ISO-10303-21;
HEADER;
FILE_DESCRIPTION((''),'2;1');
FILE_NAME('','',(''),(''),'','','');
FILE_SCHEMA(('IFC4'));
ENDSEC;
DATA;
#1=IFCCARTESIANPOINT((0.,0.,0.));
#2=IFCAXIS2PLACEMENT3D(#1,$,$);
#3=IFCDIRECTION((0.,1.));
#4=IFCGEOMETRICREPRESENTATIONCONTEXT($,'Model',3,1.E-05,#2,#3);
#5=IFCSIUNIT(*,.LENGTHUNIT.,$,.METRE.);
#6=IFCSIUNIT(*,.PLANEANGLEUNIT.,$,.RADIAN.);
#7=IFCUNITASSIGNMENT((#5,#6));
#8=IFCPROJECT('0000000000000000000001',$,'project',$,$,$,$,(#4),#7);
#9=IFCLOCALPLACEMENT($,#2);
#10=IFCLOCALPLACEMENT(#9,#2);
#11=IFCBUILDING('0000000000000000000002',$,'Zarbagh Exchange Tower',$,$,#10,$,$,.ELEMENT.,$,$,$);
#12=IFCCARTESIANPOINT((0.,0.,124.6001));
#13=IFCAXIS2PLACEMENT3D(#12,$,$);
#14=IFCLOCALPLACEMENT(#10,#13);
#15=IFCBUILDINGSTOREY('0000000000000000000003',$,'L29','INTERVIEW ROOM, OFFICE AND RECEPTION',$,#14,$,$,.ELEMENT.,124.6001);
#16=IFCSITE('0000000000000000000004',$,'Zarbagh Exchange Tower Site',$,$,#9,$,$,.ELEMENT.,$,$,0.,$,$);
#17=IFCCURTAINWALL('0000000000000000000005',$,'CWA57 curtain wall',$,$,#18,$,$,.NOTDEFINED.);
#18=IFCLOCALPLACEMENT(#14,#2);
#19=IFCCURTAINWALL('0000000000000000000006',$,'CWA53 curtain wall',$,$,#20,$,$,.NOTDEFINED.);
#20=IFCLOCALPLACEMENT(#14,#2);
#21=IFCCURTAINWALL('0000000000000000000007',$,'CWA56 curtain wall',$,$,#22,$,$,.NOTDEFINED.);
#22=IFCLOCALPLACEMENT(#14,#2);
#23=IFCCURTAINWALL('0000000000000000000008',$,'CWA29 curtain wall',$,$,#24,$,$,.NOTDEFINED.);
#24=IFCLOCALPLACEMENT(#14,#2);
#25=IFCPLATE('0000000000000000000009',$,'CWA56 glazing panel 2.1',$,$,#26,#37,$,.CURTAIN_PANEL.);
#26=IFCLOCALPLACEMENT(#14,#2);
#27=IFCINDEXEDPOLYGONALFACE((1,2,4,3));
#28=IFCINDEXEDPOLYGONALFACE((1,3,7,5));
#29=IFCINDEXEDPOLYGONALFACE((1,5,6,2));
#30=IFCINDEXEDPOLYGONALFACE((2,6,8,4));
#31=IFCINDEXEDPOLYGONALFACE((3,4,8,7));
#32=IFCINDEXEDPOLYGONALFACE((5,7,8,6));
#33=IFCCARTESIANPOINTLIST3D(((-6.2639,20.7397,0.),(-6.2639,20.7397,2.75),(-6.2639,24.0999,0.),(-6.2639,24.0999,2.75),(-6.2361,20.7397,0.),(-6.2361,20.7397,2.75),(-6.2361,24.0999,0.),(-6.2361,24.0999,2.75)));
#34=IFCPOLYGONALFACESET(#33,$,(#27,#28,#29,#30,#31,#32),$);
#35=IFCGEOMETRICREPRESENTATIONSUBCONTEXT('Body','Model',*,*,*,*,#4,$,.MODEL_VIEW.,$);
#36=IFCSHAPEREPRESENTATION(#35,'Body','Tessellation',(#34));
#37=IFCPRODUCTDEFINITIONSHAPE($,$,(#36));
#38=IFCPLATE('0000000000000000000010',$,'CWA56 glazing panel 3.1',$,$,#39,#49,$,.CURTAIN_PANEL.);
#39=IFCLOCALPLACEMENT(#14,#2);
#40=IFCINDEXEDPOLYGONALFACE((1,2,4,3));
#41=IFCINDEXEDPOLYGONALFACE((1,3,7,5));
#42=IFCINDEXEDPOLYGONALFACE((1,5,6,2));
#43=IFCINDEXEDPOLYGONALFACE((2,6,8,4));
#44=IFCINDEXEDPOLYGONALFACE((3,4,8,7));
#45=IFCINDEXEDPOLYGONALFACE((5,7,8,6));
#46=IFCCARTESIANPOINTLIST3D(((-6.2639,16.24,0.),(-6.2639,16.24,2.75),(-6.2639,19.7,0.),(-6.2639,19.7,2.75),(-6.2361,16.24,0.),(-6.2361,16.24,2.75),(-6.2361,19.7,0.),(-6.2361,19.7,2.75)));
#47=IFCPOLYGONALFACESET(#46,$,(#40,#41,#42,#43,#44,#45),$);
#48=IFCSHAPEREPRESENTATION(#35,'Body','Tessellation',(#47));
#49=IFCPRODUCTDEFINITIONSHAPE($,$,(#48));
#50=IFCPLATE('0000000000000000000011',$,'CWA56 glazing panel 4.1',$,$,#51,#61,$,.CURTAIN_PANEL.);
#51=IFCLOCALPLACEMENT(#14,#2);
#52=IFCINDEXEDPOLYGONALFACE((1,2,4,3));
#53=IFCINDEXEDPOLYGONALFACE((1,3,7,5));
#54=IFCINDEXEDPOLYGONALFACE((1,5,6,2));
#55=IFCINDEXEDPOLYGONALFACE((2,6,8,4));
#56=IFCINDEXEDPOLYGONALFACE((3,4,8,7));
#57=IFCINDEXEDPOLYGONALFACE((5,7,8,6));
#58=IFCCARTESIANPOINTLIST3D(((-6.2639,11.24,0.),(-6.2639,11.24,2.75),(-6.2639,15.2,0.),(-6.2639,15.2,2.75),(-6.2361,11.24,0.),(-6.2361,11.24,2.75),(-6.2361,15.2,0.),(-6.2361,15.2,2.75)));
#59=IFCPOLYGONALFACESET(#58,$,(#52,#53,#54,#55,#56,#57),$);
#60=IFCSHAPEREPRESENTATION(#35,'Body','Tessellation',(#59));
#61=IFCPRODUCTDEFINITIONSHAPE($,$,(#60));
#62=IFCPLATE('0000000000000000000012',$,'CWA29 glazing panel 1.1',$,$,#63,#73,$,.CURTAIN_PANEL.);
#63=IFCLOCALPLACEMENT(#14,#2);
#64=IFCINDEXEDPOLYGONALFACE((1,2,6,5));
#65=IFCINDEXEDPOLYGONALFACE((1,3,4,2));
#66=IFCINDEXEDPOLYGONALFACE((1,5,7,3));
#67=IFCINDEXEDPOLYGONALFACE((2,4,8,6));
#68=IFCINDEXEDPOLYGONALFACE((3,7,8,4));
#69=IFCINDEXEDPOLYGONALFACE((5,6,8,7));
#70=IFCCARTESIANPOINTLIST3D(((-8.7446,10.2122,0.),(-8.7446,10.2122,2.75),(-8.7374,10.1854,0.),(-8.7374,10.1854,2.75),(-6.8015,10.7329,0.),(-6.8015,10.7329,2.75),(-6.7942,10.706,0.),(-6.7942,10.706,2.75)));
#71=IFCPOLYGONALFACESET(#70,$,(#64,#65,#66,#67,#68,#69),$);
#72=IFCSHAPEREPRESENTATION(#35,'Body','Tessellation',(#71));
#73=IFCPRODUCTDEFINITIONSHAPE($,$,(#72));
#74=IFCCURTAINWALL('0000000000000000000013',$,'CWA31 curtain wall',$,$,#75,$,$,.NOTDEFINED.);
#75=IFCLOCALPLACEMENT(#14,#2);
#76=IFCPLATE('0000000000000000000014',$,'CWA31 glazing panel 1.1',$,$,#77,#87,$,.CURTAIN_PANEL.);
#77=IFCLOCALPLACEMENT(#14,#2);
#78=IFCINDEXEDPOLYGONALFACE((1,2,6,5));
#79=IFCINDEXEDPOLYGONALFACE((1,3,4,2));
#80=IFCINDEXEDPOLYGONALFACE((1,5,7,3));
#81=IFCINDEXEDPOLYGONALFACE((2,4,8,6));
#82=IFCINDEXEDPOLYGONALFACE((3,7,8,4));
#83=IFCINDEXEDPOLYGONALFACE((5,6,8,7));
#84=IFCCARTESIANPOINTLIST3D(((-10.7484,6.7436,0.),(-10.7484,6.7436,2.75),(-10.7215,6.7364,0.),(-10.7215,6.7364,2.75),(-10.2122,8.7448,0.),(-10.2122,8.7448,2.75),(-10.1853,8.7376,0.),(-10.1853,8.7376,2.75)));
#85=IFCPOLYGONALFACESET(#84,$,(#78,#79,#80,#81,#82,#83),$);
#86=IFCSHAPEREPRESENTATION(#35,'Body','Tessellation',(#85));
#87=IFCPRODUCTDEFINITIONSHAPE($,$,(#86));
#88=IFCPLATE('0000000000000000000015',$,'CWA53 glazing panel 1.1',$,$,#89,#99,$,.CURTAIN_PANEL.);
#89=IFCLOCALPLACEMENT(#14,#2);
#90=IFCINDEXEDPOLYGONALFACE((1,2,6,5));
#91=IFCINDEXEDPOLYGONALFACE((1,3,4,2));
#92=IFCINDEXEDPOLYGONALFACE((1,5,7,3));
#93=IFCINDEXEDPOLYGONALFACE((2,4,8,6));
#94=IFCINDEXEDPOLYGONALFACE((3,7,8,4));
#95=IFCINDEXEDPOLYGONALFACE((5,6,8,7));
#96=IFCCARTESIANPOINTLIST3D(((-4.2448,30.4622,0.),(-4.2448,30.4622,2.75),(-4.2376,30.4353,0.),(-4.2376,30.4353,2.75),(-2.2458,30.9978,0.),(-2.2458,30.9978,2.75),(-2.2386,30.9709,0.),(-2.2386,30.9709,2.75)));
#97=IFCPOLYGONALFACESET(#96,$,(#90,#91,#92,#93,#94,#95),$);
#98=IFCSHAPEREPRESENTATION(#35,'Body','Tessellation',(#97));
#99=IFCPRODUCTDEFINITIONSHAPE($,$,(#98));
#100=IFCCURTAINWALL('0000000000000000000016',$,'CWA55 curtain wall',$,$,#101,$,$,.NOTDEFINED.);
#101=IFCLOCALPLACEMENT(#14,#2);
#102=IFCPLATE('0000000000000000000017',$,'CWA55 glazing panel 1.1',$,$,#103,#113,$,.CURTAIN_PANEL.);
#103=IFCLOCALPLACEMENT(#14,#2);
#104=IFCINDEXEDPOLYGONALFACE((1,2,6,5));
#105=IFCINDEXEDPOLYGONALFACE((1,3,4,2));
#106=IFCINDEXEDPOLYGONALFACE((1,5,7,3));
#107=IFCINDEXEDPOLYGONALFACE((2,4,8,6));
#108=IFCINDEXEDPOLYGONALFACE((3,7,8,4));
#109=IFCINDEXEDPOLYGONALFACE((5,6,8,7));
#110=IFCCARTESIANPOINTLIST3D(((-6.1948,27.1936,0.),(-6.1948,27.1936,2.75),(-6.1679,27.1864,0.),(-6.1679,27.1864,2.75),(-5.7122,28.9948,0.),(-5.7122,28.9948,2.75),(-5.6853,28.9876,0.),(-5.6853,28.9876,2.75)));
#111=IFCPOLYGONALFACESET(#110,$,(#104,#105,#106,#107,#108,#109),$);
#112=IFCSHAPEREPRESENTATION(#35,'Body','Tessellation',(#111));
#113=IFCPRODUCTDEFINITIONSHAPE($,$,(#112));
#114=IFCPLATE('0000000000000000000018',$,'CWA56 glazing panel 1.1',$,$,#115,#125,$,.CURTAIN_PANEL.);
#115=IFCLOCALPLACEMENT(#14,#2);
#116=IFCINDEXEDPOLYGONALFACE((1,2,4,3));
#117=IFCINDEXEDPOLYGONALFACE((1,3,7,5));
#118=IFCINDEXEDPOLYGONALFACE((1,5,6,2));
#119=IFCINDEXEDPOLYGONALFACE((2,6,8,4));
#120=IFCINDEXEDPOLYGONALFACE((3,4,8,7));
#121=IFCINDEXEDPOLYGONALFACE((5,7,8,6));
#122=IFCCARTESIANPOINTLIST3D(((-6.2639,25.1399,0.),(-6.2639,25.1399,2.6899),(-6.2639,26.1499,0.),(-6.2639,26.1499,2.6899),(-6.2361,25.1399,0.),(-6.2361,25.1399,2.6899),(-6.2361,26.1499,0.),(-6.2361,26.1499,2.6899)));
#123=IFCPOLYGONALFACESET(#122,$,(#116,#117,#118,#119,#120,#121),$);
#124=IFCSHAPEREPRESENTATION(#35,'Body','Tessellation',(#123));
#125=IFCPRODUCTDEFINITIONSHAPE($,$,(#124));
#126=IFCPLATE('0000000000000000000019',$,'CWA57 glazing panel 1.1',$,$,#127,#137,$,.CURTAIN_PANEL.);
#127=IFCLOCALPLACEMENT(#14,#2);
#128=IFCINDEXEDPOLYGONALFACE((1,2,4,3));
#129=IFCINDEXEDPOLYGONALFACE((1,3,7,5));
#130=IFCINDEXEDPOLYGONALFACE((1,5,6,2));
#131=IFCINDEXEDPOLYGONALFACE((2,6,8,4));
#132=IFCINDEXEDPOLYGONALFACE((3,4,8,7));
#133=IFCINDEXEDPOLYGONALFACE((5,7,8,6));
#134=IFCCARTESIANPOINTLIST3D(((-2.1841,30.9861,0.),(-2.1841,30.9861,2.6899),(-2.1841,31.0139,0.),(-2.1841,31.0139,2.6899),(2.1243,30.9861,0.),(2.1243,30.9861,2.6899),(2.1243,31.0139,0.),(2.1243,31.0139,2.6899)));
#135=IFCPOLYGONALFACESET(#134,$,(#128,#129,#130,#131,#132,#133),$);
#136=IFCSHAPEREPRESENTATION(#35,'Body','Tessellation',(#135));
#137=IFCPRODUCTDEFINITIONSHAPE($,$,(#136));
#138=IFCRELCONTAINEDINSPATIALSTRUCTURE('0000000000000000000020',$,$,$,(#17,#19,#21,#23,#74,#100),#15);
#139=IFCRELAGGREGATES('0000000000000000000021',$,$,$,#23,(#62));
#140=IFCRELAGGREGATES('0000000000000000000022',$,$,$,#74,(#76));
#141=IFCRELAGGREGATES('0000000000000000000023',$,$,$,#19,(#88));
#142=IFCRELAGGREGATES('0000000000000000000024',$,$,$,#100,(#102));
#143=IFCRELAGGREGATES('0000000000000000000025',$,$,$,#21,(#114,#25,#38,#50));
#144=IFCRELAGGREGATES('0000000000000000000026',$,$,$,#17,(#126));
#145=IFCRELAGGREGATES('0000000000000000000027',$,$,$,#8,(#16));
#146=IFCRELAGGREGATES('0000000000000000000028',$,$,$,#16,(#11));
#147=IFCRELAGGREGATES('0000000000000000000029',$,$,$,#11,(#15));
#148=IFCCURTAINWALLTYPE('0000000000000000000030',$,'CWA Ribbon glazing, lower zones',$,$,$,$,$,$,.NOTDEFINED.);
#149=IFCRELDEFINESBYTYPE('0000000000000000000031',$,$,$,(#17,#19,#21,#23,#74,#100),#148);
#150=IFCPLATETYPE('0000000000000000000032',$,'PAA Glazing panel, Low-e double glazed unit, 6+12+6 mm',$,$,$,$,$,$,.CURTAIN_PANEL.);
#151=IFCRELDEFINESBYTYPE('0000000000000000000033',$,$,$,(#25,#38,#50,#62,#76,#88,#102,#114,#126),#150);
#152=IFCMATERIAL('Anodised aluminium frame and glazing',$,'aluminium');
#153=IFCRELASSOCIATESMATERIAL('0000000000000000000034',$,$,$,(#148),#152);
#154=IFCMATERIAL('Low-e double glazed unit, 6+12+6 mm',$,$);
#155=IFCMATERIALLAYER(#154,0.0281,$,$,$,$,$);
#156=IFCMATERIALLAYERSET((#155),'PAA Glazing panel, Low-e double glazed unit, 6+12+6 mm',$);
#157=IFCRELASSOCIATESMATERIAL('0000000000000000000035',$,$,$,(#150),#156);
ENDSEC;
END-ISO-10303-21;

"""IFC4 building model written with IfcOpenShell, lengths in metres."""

from ifc_helpers import new_model, si_unit, direction, frame, origin, place, context, subcontext, project, spatial, polyline, outline, extrude, source, transform, mapped, material, layer, layer_set, type_object, element, aggregate, save


model = new_model("IFC4")

# Units and contexts
model_context = context("Model", 3, precision=1e-05, world=origin(), true_north=direction((0.0, 1.0)))
body_context = subcontext(model_context, "Body", "Model", "MODEL_VIEW")
ifc_project = project(units=[si_unit("LENGTHUNIT", "METRE"), si_unit("PLANEANGLEUNIT", "RADIAN")], contexts=[model_context])

# Site, building, storey
site_placement = place(None, origin())
site = spatial("IfcSite", under=ifc_project, at=site_placement, Name="Zarbagh Exchange Tower Site", CompositionType="ELEMENT", RefElevation=0.0)
building_placement = place(site_placement, origin())
building = spatial("IfcBuilding", under=site, at=building_placement, Name="Zarbagh Exchange Tower", CompositionType="ELEMENT")
storey_placement = place(building_placement, frame((0.0, 0.0, 124.6001)))
storey = spatial("IfcBuildingStorey", under=building, at=storey_placement, Name="L29", Description="INTERVIEW ROOM, OFFICE AND RECEPTION", CompositionType="ELEMENT", Elevation=124.6001)

# Curtain walls
ifc_material_1 = material(Name="Anodised aluminium frame and glazing", Category="aluminium")
curtain_wall_type = type_object("IfcCurtainWallType", Name="CWA Ribbon glazing, lower zones", PredefinedType="NOTDEFINED", material=ifc_material_1)
curtain_wall_1_placement = place(storey_placement, origin())
curtain_wall_1 = element("IfcCurtainWall", 1, at=curtain_wall_1_placement, inside=storey, type_object=curtain_wall_type, Name="CWA57 curtain wall", PredefinedType="NOTDEFINED")
placement = place(storey_placement, origin())
curtain_wall_2_placement = place(storey_placement, origin())
curtain_wall_2 = element("IfcCurtainWall", 2, at=curtain_wall_2_placement, inside=storey, type_object=curtain_wall_type, Name="CWA53 curtain wall", PredefinedType="NOTDEFINED")

# Curtain wall
curtain_wall_3_placement = place(storey_placement, origin())
curtain_wall_3 = element("IfcCurtainWall", 3, at=curtain_wall_3_placement, inside=storey, type_object=curtain_wall_type, Name="CWA56 curtain wall", PredefinedType="NOTDEFINED")

# Curtain wall
curtain_wall_4_placement = place(storey_placement, origin())
curtain_wall_4 = element("IfcCurtainWall", 4, at=curtain_wall_4_placement, inside=storey, type_object=curtain_wall_type, Name="CWA29 curtain wall", PredefinedType="NOTDEFINED")

# Shared definitions
ifc_material_2 = material(Name="Low-e double glazed unit, 6+12+6 mm")
ifc_layer = layer(ifc_material_2, 0.0281)
ifc_layer_set = layer_set([ifc_layer], Name="PAA Glazing panel, Low-e double glazed unit, 6+12+6 mm")
plate_type = type_object("IfcPlateType", Name="PAA Glazing panel, Low-e double glazed unit, 6+12+6 mm", PredefinedType="CURTAIN_PANEL", material=ifc_layer_set)

# Plates
shared_shape_1 = source(origin(), body_context, "Body", "SweptSolid", [
    extrude(outline(polyline([(0.0, -0.0139), (3.3601, -0.0139), (3.3601, 0.0139), (0.0, 0.0139), (0.0, -0.0139)])), origin(), (0.0, 0.0, 1.0), 2.75),
])
plate_1 = element("IfcPlate", 5, at=placement, type_object=plate_type, Name="CWA56 glazing panel 2.1", PredefinedType="CURTAIN_PANEL", context=body_context, shape_type="MappedRepresentation", body=[
    mapped(shared_shape_1, transform((-6.25, 24.0999, 0.0), x_axis=(0.0, -1.0, 0.0), y_axis=(1.0, 0.0, 0.0), z_axis=(0.0, 0.0, 1.0))),
])
shared_shape_2 = source(origin(), body_context, "Body", "SweptSolid", [
    extrude(outline(polyline([(0.0, -0.0139), (3.46, -0.0139), (3.46, 0.0139), (0.0, 0.0139), (0.0, -0.0139)])), origin(), (0.0, 0.0, 1.0), 2.75),
])
plate_2 = element("IfcPlate", 6, at=placement, type_object=plate_type, Name="CWA56 glazing panel 3.1", PredefinedType="CURTAIN_PANEL", context=body_context, shape_type="MappedRepresentation", body=[
    mapped(shared_shape_2, transform((-6.25, 19.7, 0.0), x_axis=(0.0, -1.0, 0.0), y_axis=(1.0, 0.0, 0.0), z_axis=(0.0, 0.0, 1.0))),
])
shared_shape_3 = source(origin(), body_context, "Body", "SweptSolid", [
    extrude(outline(polyline([(0.0, -0.0139), (3.96, -0.0139), (3.96, 0.0139), (0.0, 0.0139), (0.0, -0.0139)])), origin(), (0.0, 0.0, 1.0), 2.75),
])
plate_3 = element("IfcPlate", 7, at=placement, type_object=plate_type, Name="CWA56 glazing panel 4.1", PredefinedType="CURTAIN_PANEL", context=body_context, shape_type="MappedRepresentation", body=[
    mapped(shared_shape_3, transform((-6.25, 15.2, 0.0), x_axis=(0.0, -1.0, 0.0), y_axis=(1.0, 0.0, 0.0), z_axis=(0.0, 0.0, 1.0))),
])
shared_shape_4 = source(origin(), body_context, "Body", "SweptSolid", [
    extrude(outline(polyline([(0.0, -0.0139), (2.0117, -0.0139), (2.0117, 0.0139), (0.0, 0.0139), (0.0, -0.0139)])), origin(), (0.0, 0.0, 1.0), 2.75),
])
plate_4 = element("IfcPlate", 8, at=placement, type_object=plate_type, Name="CWA29 glazing panel 1.1", PredefinedType="CURTAIN_PANEL", context=body_context, shape_type="MappedRepresentation", body=[
    mapped(shared_shape_4, transform((-6.7979, 10.7195, 0.0), x_axis=(-0.965924, -0.258825, 0.0), y_axis=(0.258825, -0.965924, 0.0), z_axis=(0.0, 0.0, 1.0))),
])
aggregate(curtain_wall_4, [plate_4])

# Curtain wall, plate
curtain_wall_5_placement = place(storey_placement, origin())
curtain_wall_5 = element("IfcCurtainWall", 9, at=curtain_wall_5_placement, inside=storey, type_object=curtain_wall_type, Name="CWA31 curtain wall", PredefinedType="NOTDEFINED")
shared_shape_5 = source(origin(), body_context, "Body", "SweptSolid", [
    extrude(outline(polyline([(0.0, -0.0139), (2.0718, -0.0139), (2.0718, 0.0139), (0.0, 0.0139), (0.0, -0.0139)])), origin(), (0.0, 0.0, 1.0), 2.75),
])
plate_5 = element("IfcPlate", 10, at=placement, type_object=plate_type, Name="CWA31 glazing panel 1.1", PredefinedType="CURTAIN_PANEL", context=body_context, shape_type="MappedRepresentation", body=[
    mapped(shared_shape_5, transform((-10.1987, 8.7412, 0.0), x_axis=(-0.258825, -0.965924, 0.0), y_axis=(0.965924, -0.258825, 0.0), z_axis=(0.0, 0.0, 1.0))),
])
aggregate(curtain_wall_5, [plate_5])

# Plate
shared_shape_6 = source(origin(), body_context, "Body", "SweptSolid", [
    extrude(outline(polyline([(0.0, -0.0139), (2.0696, -0.0139), (2.0696, 0.0139), (0.0, 0.0139), (0.0, -0.0139)])), origin(), (0.0, 0.0, 1.0), 2.75),
])
plate_6 = element("IfcPlate", 11, at=placement, type_object=plate_type, Name="CWA53 glazing panel 1.1", PredefinedType="CURTAIN_PANEL", context=body_context, shape_type="MappedRepresentation", body=[
    mapped(shared_shape_6, transform((-2.2422, 30.9844, 0.0), x_axis=(-0.965924, -0.258825, 0.0), y_axis=(0.258825, -0.965924, 0.0), z_axis=(0.0, 0.0, 1.0))),
])
aggregate(curtain_wall_2, [plate_6])

# Curtain wall, plate
curtain_wall_6_placement = place(storey_placement, origin())
curtain_wall_6 = element("IfcCurtainWall", 12, at=curtain_wall_6_placement, inside=storey, type_object=curtain_wall_type, Name="CWA55 curtain wall", PredefinedType="NOTDEFINED")
shared_shape_7 = source(origin(), body_context, "Body", "SweptSolid", [
    extrude(outline(polyline([(0.0, -0.0139), (1.8647, -0.0139), (1.8647, 0.0139), (0.0, 0.0139), (0.0, -0.0139)])), origin(), (0.0, 0.0, 1.0), 2.75),
])
plate_7 = element("IfcPlate", 13, at=placement, type_object=plate_type, Name="CWA55 glazing panel 1.1", PredefinedType="CURTAIN_PANEL", context=body_context, shape_type="MappedRepresentation", body=[
    mapped(shared_shape_7, transform((-5.6987, 28.9912, 0.0), x_axis=(-0.258825, -0.965924, 0.0), y_axis=(0.965924, -0.258825, 0.0), z_axis=(0.0, 0.0, 1.0))),
])
aggregate(curtain_wall_6, [plate_7])

# Plates
shared_shape_8 = source(origin(), body_context, "Body", "SweptSolid", [
    extrude(outline(polyline([(0.0, -0.0139), (1.01, -0.0139), (1.01, 0.0139), (0.0, 0.0139), (0.0, -0.0139)])), origin(), (0.0, 0.0, 1.0), 2.6899),
])
plate_8 = element("IfcPlate", 14, at=placement, type_object=plate_type, Name="CWA56 glazing panel 1.1", PredefinedType="CURTAIN_PANEL", context=body_context, shape_type="MappedRepresentation", body=[
    mapped(shared_shape_8, transform((-6.25, 26.1499, 0.0), x_axis=(0.0, -1.0, 0.0), y_axis=(1.0, 0.0, 0.0), z_axis=(0.0, 0.0, 1.0))),
])
aggregate(curtain_wall_3, [plate_8, plate_1, plate_2, plate_3])
shared_shape_9 = source(origin(), body_context, "Body", "SweptSolid", [
    extrude(outline(polyline([(0.0, -0.0139), (4.3083, -0.0139), (4.3083, 0.0139), (0.0, 0.0139), (0.0, -0.0139)])), origin(), (0.0, 0.0, 1.0), 2.6899),
])
plate_9 = element("IfcPlate", 15, at=placement, type_object=plate_type, Name="CWA57 glazing panel 1.1", PredefinedType="CURTAIN_PANEL", context=body_context, shape_type="MappedRepresentation", body=[
    mapped(shared_shape_9, transform((2.1243, 31.0, 0.0), x_axis=(-1.0, 0.0, 0.0), y_axis=(0.0, -1.0, 0.0), z_axis=(0.0, 0.0, 1.0))),
])
aggregate(curtain_wall_1, [plate_9])

save(model, "model.ifc")
